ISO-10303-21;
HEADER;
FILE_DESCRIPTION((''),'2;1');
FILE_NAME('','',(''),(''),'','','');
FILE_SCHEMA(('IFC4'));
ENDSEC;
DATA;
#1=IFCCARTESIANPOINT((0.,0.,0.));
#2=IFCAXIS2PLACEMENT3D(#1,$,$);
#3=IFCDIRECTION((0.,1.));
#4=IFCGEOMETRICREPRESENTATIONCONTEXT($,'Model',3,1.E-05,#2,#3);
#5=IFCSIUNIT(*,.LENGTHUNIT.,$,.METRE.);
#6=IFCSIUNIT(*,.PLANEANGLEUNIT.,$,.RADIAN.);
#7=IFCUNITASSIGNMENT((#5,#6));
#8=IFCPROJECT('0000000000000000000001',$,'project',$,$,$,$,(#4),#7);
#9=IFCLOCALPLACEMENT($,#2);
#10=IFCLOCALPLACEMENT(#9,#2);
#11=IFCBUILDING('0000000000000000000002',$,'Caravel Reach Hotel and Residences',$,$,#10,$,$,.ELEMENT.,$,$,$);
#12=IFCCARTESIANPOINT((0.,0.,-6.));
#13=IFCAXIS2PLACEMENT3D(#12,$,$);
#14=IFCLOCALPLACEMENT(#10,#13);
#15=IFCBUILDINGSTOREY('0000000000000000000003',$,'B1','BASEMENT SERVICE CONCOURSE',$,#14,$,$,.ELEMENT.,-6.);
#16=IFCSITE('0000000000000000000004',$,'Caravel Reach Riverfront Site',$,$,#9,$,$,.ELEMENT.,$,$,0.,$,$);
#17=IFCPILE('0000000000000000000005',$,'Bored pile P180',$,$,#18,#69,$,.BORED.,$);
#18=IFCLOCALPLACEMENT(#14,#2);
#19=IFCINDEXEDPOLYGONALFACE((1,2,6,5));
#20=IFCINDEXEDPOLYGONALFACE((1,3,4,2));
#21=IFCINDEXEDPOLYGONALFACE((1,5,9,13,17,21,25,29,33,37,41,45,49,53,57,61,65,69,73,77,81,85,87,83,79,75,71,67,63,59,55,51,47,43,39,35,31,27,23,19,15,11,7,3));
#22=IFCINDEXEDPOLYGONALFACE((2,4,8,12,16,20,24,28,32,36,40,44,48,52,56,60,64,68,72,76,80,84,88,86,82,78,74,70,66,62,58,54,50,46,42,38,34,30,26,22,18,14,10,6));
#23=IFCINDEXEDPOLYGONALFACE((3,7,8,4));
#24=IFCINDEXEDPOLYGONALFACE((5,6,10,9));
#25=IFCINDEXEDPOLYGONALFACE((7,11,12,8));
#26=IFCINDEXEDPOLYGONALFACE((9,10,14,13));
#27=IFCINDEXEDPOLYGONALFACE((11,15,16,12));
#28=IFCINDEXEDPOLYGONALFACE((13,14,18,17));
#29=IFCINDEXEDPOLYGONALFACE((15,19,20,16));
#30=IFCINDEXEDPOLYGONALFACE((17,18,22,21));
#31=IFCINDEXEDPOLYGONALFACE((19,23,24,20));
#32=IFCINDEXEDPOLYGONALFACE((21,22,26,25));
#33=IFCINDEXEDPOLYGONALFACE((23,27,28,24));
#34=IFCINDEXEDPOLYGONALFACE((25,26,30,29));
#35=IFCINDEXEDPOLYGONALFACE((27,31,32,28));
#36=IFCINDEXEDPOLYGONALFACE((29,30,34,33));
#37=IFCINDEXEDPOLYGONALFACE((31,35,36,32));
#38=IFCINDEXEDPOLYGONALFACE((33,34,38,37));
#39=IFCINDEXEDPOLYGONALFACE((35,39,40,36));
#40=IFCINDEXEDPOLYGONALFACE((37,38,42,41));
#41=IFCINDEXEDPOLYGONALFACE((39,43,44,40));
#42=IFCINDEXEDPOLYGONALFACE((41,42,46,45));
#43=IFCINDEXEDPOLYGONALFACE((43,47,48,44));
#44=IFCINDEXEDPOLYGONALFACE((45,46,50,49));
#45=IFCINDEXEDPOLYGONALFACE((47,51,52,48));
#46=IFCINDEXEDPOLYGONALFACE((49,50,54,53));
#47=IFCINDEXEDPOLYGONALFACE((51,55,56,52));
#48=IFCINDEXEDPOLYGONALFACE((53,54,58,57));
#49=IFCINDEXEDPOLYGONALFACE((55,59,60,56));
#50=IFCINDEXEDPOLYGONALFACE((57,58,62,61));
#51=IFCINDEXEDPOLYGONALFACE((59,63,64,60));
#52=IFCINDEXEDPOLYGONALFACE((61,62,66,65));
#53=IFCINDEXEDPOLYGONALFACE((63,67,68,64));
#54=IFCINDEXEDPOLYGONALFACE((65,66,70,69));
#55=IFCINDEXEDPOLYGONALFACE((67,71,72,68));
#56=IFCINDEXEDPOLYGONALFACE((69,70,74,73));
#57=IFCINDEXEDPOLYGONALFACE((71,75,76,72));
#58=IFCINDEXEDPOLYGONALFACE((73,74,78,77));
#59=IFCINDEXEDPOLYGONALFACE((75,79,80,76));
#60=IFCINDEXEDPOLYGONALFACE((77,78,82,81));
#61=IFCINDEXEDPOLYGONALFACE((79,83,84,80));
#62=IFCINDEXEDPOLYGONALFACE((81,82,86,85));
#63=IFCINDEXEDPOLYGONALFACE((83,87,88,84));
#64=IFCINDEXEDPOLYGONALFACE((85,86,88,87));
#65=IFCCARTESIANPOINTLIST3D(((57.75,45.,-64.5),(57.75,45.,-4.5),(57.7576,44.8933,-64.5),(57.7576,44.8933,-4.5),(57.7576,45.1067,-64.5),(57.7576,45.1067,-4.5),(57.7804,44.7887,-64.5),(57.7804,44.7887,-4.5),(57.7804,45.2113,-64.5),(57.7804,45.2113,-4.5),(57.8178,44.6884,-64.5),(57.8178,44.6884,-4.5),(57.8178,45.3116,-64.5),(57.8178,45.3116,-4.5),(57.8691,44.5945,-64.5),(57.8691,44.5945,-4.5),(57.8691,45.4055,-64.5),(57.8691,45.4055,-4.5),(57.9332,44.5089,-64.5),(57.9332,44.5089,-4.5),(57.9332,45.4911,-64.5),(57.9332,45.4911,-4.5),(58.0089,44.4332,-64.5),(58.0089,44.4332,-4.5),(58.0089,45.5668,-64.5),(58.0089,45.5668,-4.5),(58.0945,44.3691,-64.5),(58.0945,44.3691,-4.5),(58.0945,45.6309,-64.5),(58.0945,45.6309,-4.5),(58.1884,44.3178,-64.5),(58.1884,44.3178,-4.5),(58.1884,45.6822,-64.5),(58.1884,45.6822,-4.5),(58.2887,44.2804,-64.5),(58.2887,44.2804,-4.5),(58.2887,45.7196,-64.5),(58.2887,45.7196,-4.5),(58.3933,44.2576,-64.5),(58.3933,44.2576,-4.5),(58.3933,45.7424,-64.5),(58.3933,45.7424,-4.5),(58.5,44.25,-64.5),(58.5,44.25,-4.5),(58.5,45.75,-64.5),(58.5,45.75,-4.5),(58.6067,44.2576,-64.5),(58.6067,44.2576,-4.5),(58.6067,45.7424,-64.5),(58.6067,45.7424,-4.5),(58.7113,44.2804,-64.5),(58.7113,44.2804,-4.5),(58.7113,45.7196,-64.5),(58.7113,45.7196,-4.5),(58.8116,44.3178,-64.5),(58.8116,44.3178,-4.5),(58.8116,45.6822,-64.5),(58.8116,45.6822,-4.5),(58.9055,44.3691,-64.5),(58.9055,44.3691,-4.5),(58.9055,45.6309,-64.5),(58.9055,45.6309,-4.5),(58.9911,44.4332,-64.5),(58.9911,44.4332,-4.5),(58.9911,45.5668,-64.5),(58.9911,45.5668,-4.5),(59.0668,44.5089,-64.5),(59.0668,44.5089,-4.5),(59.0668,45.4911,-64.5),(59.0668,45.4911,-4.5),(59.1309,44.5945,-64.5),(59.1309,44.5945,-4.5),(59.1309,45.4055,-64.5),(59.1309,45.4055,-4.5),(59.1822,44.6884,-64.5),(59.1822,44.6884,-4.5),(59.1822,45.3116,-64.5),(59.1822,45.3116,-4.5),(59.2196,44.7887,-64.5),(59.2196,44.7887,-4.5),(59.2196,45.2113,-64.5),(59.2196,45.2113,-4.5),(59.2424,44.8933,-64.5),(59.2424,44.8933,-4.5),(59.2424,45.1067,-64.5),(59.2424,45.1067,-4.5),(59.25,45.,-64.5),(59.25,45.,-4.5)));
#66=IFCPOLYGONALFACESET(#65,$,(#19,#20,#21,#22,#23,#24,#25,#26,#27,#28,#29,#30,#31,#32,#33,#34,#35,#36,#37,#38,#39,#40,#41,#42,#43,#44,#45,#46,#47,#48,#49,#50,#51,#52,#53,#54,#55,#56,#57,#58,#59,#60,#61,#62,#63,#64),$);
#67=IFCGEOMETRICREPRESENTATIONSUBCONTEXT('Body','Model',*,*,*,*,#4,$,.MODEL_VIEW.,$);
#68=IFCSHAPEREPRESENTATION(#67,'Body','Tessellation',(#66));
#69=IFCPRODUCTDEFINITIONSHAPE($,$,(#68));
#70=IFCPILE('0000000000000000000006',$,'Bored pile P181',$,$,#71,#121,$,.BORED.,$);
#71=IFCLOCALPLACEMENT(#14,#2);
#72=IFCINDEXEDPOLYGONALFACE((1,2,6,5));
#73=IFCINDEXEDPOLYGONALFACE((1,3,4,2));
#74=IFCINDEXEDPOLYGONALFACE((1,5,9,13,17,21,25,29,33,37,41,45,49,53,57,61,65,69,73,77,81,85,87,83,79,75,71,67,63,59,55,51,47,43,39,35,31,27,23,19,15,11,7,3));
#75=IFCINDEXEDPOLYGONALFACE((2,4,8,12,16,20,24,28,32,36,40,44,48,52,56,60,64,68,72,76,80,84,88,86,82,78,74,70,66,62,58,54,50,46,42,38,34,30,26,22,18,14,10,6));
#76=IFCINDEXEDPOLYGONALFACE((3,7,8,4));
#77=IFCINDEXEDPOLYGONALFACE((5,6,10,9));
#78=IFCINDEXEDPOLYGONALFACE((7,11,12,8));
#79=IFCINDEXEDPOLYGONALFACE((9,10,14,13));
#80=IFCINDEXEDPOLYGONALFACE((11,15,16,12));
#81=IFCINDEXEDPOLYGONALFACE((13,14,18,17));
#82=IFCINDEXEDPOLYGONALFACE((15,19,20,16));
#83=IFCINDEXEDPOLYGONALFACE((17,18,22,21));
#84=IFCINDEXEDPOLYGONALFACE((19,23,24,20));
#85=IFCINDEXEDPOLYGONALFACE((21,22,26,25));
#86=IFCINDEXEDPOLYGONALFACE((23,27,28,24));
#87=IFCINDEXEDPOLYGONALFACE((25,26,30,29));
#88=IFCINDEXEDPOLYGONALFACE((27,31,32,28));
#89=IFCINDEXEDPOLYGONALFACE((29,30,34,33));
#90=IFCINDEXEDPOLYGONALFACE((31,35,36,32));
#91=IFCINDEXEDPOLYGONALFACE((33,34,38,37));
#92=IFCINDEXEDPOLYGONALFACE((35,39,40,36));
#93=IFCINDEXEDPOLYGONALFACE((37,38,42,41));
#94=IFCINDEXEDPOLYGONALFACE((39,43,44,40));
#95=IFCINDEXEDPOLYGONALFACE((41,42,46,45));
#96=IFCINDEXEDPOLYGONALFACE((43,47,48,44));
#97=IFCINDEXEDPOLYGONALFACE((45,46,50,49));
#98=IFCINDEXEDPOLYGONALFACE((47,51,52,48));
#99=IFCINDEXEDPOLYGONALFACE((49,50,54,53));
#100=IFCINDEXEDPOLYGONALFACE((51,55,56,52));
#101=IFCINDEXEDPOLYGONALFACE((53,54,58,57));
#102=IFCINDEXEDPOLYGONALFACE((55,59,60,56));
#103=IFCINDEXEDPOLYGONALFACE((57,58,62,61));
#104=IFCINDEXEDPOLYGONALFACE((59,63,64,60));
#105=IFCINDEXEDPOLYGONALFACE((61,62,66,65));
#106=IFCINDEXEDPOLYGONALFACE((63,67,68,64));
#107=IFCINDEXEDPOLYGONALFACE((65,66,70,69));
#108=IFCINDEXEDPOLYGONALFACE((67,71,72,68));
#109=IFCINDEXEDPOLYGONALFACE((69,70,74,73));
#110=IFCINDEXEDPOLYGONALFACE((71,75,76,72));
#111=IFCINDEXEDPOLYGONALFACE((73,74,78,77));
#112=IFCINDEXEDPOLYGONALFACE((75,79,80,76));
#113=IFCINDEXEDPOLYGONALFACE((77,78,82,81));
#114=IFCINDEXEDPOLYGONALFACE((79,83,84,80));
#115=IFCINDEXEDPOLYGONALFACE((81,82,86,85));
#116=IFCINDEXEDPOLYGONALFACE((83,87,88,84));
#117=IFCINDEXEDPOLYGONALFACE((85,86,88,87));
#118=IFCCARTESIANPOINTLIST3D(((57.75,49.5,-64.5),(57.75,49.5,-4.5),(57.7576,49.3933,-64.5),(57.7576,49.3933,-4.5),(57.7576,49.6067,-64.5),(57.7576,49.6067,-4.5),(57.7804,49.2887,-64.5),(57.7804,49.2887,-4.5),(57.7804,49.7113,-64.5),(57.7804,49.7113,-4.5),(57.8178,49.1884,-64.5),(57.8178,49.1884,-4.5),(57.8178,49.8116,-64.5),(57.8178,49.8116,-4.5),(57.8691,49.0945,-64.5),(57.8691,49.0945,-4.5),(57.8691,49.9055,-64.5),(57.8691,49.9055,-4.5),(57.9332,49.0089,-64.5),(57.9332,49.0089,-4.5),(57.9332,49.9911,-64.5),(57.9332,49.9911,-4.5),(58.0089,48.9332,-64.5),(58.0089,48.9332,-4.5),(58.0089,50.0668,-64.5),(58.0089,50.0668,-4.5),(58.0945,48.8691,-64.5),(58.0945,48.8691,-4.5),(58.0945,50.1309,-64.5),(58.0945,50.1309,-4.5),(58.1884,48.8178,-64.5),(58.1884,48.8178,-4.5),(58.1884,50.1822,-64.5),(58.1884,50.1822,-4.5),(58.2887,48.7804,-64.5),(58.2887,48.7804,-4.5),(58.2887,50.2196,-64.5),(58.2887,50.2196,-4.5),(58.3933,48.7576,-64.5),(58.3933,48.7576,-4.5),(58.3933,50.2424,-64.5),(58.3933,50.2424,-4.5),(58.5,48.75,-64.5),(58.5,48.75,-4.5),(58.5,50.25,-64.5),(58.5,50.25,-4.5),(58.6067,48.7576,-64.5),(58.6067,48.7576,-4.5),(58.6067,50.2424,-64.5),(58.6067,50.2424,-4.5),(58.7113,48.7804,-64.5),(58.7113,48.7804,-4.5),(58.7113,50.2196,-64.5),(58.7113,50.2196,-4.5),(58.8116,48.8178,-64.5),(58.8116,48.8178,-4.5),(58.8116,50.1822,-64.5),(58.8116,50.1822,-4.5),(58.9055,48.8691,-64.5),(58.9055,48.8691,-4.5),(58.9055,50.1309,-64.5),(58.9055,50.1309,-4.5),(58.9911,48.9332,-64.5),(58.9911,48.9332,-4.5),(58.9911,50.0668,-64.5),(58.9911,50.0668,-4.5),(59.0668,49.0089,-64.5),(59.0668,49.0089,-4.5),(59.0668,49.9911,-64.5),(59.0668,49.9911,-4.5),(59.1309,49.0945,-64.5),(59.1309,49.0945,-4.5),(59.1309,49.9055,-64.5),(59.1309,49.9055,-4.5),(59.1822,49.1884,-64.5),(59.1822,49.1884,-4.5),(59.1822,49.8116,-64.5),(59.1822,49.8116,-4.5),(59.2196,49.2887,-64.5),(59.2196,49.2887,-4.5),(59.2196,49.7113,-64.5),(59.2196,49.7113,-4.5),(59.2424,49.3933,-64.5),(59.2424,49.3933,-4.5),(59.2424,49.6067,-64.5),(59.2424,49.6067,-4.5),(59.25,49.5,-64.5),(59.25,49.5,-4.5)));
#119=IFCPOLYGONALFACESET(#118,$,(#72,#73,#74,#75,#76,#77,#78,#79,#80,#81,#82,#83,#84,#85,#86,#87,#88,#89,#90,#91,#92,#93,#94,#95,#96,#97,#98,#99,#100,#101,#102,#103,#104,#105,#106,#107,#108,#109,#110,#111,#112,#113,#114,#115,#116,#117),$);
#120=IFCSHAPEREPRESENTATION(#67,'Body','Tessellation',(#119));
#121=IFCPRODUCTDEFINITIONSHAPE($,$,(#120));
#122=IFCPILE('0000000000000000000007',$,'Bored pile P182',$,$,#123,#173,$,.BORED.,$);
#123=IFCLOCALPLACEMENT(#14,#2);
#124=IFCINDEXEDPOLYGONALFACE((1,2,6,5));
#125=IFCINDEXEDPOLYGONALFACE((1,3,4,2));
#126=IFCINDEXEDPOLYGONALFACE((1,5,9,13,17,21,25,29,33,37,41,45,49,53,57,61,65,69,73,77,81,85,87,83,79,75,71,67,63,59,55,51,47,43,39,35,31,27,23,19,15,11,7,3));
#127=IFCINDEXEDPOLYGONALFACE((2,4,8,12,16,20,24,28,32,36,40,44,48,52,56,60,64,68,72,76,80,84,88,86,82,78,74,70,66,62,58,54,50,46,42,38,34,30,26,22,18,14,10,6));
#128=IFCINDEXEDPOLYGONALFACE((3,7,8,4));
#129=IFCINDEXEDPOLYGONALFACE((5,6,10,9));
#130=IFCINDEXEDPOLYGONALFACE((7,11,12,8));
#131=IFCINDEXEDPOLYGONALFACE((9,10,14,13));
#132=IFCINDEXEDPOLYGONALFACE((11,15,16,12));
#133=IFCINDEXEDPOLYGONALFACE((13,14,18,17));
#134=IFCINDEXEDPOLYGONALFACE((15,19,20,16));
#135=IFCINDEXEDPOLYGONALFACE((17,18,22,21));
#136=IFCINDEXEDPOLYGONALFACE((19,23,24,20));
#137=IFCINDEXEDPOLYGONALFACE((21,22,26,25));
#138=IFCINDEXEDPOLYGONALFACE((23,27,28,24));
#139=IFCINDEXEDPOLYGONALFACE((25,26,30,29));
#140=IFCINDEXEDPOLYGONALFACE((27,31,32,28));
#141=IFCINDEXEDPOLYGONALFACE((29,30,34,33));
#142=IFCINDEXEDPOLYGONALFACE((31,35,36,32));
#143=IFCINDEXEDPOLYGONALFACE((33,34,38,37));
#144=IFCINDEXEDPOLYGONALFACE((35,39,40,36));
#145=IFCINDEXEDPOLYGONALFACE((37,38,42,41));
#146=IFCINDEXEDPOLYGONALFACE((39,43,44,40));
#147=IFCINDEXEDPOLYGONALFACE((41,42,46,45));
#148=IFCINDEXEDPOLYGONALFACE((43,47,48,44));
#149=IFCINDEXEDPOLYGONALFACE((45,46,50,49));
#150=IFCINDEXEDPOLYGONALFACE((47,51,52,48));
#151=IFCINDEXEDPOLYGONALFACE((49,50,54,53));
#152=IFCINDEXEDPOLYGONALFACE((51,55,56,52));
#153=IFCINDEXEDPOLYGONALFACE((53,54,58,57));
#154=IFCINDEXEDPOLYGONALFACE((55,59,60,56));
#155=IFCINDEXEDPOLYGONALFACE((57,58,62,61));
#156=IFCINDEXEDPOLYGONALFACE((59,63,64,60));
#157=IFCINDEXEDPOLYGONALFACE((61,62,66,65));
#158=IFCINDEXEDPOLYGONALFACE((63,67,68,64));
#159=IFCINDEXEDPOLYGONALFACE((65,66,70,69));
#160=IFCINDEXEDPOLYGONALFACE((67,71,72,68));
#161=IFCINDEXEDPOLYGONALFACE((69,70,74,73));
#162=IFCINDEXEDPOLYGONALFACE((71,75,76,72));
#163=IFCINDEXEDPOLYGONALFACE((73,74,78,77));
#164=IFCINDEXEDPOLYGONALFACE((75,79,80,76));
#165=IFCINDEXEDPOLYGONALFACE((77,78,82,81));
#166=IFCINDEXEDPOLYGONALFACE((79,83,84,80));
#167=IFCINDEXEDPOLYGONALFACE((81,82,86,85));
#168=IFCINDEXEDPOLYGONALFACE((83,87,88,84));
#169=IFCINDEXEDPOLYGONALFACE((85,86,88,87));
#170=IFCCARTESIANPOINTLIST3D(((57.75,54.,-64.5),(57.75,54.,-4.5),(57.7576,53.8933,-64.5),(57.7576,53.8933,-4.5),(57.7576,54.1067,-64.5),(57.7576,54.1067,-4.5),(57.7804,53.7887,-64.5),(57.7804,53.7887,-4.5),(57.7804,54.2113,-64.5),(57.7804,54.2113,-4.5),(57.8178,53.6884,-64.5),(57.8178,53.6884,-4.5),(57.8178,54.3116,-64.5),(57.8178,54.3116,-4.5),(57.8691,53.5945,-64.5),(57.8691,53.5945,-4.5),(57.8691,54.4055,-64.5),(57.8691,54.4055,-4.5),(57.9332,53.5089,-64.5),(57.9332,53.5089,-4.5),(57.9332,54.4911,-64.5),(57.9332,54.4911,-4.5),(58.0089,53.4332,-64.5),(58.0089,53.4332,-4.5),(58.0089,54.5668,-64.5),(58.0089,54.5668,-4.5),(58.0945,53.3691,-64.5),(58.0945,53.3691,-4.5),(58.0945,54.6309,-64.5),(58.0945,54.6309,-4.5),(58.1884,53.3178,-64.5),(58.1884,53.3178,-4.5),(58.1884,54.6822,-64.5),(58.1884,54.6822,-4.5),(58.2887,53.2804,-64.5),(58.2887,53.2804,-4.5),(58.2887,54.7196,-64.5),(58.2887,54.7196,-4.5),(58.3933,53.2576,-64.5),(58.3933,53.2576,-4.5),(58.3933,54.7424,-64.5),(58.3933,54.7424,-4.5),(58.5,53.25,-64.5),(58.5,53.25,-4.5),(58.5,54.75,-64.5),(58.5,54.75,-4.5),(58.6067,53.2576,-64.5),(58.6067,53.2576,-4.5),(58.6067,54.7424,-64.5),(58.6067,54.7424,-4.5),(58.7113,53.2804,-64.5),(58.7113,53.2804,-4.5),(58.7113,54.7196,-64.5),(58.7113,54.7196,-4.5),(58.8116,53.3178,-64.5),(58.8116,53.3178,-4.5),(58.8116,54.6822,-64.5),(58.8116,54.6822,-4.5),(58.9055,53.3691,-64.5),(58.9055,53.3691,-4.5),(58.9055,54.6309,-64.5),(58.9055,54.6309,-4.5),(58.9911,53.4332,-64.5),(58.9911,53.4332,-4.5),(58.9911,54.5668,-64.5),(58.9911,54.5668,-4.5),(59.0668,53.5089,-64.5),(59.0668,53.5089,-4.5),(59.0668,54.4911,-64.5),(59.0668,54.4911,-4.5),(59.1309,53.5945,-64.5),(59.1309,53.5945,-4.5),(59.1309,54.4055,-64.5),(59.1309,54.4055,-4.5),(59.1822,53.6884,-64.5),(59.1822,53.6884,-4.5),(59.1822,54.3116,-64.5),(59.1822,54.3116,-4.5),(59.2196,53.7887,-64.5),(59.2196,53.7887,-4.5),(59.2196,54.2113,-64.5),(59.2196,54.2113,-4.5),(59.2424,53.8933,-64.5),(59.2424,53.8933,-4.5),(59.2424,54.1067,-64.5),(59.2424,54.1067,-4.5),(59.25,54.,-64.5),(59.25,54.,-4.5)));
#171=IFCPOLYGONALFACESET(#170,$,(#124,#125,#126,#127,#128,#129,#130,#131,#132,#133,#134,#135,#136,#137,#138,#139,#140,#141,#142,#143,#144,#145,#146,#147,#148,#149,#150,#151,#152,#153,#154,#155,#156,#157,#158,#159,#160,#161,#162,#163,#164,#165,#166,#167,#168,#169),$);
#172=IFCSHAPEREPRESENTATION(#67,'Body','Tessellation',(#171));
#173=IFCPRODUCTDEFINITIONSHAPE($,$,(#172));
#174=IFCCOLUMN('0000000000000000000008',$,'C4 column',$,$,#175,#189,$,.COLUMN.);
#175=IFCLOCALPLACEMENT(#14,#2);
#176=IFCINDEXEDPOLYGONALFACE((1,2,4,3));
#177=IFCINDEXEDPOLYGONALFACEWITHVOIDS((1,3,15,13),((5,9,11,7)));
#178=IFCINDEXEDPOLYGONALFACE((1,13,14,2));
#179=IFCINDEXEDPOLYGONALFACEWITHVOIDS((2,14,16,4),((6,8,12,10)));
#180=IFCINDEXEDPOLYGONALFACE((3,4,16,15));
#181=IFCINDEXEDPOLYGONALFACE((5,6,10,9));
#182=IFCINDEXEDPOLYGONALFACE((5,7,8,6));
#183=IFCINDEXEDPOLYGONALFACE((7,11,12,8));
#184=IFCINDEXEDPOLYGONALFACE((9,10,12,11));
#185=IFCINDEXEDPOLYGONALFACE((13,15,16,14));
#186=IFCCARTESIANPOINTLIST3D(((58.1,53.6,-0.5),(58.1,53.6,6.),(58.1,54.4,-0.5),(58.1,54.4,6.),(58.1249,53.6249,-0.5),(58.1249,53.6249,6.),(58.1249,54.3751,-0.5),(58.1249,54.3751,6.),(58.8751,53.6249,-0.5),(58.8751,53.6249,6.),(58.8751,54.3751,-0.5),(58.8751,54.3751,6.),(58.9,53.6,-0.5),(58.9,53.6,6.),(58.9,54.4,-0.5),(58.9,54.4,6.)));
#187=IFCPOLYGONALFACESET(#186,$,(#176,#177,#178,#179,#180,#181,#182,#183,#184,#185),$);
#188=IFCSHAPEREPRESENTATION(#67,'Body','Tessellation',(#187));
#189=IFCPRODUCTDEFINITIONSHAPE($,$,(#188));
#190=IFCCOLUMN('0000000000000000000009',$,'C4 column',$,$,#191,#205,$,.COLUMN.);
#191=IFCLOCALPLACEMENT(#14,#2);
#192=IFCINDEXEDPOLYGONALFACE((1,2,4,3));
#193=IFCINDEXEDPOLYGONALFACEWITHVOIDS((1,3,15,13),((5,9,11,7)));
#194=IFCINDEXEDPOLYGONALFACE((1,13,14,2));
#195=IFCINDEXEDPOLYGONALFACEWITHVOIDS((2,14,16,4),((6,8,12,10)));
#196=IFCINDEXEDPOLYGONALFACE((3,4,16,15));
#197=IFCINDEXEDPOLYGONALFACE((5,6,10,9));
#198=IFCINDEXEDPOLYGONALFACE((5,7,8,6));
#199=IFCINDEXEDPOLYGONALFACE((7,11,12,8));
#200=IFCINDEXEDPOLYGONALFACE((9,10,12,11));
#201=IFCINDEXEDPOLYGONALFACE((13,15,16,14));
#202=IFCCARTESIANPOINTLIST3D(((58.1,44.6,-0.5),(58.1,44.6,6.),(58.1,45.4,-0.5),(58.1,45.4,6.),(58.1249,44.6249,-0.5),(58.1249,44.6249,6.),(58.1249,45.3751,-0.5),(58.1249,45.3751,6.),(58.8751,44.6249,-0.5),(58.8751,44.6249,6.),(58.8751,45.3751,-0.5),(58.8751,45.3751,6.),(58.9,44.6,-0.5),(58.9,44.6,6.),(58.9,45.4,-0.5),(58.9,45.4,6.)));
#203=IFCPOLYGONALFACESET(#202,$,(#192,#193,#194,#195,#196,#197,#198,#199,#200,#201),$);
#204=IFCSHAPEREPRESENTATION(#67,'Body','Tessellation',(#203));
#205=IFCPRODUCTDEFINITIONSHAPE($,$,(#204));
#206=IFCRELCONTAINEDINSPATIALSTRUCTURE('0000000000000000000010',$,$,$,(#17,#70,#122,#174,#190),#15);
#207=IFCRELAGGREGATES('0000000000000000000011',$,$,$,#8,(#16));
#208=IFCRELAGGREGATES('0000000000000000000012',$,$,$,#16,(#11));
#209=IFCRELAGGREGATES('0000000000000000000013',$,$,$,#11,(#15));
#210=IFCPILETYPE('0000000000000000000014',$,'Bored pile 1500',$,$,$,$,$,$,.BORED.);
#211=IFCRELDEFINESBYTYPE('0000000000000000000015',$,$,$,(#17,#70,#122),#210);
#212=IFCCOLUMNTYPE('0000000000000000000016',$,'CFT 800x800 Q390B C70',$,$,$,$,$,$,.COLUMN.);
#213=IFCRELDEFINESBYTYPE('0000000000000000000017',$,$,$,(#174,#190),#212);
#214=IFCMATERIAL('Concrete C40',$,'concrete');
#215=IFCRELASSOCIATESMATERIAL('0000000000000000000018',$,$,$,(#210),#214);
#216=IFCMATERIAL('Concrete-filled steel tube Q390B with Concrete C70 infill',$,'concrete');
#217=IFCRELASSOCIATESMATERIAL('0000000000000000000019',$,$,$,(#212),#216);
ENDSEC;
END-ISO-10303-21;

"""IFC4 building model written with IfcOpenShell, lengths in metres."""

from ifc_helpers import new_model, si_unit, direction, frame, origin, origin_2d, place, context, subcontext, project, spatial, hollow_rectangle, circle, extrude, material, material_profile, profile_set, type_object, element, save


model = new_model("IFC4")

# Units and contexts
model_context = context("Model", 3, precision=1e-05, world=origin(), true_north=direction((0.0, 1.0)))
body_context = subcontext(model_context, "Body", "Model", "MODEL_VIEW")
ifc_project = project(units=[si_unit("LENGTHUNIT", "METRE"), si_unit("PLANEANGLEUNIT", "RADIAN")], contexts=[model_context])

# Site, building, storey
site_placement = place(None, origin())
site = spatial("IfcSite", under=ifc_project, at=site_placement, Name="Caravel Reach Riverfront Site", CompositionType="ELEMENT", RefElevation=0.0)
building_placement = place(site_placement, origin())
building = spatial("IfcBuilding", under=site, at=building_placement, Name="Caravel Reach Hotel and Residences", CompositionType="ELEMENT")
storey_placement = place(building_placement, frame((0.0, 0.0, -6.0)))
storey = spatial("IfcBuildingStorey", under=building, at=storey_placement, Name="B1", Description="BASEMENT SERVICE CONCOURSE", CompositionType="ELEMENT", Elevation=-6.0)

# Piles
ifc_material_1 = material(Name="Concrete C40", Category="concrete")
ifc_material_profile_1 = material_profile(ifc_material_1, circle(Radius=0.75, at=origin_2d()), Name="PILE 1500")
ifc_profile_set_1 = profile_set([ifc_material_profile_1], Name="Concrete C40")
pile_type = type_object("IfcPileType", Name="Bored pile 1500", PredefinedType="BORED", material=ifc_profile_set_1)
for number, where, z_axis, x_axis, name in (
    (1, (58.5, 45.0, -4.5), (0.0, 0.0, -1.0), (1.0, 0.0, 0.0), "Bored pile P180"),
    (2, (58.5, 49.5, -4.5), (0.0, 0.0, -1.0), (1.0, 0.0, 0.0), "Bored pile P181"),
    (3, (58.5, 54.0, -4.5), (0.0, 0.0, -1.0), (1.0, 0.0, 0.0), "Bored pile P182"),
):
    element("IfcPile", number, at=place(storey_placement, frame(where, z_axis=z_axis, x_axis=x_axis)), inside=storey, type_object=pile_type, Name=name, PredefinedType="BORED", context=body_context, shape_type="SweptSolid", body=[
        extrude(circle(Radius=0.75, at=origin_2d()), origin(), (0.0, 0.0, 1.0), 60.0),
    ])

# Columns
ifc_material_2 = material(Name="Concrete-filled steel tube Q390B with Concrete C70 infill", Category="concrete")
ifc_material_profile_2 = material_profile(ifc_material_2, hollow_rectangle(XDim=0.8, YDim=0.8, WallThickness=0.0249, at=origin_2d()), Name="RHS 800x800x25")
ifc_profile_set_2 = profile_set([ifc_material_profile_2], Name="Concrete-filled steel tube Q390B with Concrete C70 infill")
column_type = type_object("IfcColumnType", Name="CFT 800x800 Q390B C70", PredefinedType="COLUMN", material=ifc_profile_set_2)
for number, where, z_axis, x_axis, name in (
    (4, (58.5, 54.0, -0.5), (0.0, 0.0, 1.0), (1.0, 0.0, 0.0), "C4 column"),
    (5, (58.5, 45.0, -0.5), (0.0, 0.0, 1.0), (1.0, 0.0, 0.0), "C4 column"),
):
    element("IfcColumn", number, at=place(storey_placement, frame(where, z_axis=z_axis, x_axis=x_axis)), inside=storey, type_object=column_type, Name=name, PredefinedType="COLUMN", context=body_context, shape_type="SweptSolid", body=[
        extrude(hollow_rectangle(XDim=0.8, YDim=0.8, WallThickness=0.0249, at=origin_2d()), origin(), (0.0, 0.0, 1.0), 6.5),
    ])

save(model, "model.ifc")
